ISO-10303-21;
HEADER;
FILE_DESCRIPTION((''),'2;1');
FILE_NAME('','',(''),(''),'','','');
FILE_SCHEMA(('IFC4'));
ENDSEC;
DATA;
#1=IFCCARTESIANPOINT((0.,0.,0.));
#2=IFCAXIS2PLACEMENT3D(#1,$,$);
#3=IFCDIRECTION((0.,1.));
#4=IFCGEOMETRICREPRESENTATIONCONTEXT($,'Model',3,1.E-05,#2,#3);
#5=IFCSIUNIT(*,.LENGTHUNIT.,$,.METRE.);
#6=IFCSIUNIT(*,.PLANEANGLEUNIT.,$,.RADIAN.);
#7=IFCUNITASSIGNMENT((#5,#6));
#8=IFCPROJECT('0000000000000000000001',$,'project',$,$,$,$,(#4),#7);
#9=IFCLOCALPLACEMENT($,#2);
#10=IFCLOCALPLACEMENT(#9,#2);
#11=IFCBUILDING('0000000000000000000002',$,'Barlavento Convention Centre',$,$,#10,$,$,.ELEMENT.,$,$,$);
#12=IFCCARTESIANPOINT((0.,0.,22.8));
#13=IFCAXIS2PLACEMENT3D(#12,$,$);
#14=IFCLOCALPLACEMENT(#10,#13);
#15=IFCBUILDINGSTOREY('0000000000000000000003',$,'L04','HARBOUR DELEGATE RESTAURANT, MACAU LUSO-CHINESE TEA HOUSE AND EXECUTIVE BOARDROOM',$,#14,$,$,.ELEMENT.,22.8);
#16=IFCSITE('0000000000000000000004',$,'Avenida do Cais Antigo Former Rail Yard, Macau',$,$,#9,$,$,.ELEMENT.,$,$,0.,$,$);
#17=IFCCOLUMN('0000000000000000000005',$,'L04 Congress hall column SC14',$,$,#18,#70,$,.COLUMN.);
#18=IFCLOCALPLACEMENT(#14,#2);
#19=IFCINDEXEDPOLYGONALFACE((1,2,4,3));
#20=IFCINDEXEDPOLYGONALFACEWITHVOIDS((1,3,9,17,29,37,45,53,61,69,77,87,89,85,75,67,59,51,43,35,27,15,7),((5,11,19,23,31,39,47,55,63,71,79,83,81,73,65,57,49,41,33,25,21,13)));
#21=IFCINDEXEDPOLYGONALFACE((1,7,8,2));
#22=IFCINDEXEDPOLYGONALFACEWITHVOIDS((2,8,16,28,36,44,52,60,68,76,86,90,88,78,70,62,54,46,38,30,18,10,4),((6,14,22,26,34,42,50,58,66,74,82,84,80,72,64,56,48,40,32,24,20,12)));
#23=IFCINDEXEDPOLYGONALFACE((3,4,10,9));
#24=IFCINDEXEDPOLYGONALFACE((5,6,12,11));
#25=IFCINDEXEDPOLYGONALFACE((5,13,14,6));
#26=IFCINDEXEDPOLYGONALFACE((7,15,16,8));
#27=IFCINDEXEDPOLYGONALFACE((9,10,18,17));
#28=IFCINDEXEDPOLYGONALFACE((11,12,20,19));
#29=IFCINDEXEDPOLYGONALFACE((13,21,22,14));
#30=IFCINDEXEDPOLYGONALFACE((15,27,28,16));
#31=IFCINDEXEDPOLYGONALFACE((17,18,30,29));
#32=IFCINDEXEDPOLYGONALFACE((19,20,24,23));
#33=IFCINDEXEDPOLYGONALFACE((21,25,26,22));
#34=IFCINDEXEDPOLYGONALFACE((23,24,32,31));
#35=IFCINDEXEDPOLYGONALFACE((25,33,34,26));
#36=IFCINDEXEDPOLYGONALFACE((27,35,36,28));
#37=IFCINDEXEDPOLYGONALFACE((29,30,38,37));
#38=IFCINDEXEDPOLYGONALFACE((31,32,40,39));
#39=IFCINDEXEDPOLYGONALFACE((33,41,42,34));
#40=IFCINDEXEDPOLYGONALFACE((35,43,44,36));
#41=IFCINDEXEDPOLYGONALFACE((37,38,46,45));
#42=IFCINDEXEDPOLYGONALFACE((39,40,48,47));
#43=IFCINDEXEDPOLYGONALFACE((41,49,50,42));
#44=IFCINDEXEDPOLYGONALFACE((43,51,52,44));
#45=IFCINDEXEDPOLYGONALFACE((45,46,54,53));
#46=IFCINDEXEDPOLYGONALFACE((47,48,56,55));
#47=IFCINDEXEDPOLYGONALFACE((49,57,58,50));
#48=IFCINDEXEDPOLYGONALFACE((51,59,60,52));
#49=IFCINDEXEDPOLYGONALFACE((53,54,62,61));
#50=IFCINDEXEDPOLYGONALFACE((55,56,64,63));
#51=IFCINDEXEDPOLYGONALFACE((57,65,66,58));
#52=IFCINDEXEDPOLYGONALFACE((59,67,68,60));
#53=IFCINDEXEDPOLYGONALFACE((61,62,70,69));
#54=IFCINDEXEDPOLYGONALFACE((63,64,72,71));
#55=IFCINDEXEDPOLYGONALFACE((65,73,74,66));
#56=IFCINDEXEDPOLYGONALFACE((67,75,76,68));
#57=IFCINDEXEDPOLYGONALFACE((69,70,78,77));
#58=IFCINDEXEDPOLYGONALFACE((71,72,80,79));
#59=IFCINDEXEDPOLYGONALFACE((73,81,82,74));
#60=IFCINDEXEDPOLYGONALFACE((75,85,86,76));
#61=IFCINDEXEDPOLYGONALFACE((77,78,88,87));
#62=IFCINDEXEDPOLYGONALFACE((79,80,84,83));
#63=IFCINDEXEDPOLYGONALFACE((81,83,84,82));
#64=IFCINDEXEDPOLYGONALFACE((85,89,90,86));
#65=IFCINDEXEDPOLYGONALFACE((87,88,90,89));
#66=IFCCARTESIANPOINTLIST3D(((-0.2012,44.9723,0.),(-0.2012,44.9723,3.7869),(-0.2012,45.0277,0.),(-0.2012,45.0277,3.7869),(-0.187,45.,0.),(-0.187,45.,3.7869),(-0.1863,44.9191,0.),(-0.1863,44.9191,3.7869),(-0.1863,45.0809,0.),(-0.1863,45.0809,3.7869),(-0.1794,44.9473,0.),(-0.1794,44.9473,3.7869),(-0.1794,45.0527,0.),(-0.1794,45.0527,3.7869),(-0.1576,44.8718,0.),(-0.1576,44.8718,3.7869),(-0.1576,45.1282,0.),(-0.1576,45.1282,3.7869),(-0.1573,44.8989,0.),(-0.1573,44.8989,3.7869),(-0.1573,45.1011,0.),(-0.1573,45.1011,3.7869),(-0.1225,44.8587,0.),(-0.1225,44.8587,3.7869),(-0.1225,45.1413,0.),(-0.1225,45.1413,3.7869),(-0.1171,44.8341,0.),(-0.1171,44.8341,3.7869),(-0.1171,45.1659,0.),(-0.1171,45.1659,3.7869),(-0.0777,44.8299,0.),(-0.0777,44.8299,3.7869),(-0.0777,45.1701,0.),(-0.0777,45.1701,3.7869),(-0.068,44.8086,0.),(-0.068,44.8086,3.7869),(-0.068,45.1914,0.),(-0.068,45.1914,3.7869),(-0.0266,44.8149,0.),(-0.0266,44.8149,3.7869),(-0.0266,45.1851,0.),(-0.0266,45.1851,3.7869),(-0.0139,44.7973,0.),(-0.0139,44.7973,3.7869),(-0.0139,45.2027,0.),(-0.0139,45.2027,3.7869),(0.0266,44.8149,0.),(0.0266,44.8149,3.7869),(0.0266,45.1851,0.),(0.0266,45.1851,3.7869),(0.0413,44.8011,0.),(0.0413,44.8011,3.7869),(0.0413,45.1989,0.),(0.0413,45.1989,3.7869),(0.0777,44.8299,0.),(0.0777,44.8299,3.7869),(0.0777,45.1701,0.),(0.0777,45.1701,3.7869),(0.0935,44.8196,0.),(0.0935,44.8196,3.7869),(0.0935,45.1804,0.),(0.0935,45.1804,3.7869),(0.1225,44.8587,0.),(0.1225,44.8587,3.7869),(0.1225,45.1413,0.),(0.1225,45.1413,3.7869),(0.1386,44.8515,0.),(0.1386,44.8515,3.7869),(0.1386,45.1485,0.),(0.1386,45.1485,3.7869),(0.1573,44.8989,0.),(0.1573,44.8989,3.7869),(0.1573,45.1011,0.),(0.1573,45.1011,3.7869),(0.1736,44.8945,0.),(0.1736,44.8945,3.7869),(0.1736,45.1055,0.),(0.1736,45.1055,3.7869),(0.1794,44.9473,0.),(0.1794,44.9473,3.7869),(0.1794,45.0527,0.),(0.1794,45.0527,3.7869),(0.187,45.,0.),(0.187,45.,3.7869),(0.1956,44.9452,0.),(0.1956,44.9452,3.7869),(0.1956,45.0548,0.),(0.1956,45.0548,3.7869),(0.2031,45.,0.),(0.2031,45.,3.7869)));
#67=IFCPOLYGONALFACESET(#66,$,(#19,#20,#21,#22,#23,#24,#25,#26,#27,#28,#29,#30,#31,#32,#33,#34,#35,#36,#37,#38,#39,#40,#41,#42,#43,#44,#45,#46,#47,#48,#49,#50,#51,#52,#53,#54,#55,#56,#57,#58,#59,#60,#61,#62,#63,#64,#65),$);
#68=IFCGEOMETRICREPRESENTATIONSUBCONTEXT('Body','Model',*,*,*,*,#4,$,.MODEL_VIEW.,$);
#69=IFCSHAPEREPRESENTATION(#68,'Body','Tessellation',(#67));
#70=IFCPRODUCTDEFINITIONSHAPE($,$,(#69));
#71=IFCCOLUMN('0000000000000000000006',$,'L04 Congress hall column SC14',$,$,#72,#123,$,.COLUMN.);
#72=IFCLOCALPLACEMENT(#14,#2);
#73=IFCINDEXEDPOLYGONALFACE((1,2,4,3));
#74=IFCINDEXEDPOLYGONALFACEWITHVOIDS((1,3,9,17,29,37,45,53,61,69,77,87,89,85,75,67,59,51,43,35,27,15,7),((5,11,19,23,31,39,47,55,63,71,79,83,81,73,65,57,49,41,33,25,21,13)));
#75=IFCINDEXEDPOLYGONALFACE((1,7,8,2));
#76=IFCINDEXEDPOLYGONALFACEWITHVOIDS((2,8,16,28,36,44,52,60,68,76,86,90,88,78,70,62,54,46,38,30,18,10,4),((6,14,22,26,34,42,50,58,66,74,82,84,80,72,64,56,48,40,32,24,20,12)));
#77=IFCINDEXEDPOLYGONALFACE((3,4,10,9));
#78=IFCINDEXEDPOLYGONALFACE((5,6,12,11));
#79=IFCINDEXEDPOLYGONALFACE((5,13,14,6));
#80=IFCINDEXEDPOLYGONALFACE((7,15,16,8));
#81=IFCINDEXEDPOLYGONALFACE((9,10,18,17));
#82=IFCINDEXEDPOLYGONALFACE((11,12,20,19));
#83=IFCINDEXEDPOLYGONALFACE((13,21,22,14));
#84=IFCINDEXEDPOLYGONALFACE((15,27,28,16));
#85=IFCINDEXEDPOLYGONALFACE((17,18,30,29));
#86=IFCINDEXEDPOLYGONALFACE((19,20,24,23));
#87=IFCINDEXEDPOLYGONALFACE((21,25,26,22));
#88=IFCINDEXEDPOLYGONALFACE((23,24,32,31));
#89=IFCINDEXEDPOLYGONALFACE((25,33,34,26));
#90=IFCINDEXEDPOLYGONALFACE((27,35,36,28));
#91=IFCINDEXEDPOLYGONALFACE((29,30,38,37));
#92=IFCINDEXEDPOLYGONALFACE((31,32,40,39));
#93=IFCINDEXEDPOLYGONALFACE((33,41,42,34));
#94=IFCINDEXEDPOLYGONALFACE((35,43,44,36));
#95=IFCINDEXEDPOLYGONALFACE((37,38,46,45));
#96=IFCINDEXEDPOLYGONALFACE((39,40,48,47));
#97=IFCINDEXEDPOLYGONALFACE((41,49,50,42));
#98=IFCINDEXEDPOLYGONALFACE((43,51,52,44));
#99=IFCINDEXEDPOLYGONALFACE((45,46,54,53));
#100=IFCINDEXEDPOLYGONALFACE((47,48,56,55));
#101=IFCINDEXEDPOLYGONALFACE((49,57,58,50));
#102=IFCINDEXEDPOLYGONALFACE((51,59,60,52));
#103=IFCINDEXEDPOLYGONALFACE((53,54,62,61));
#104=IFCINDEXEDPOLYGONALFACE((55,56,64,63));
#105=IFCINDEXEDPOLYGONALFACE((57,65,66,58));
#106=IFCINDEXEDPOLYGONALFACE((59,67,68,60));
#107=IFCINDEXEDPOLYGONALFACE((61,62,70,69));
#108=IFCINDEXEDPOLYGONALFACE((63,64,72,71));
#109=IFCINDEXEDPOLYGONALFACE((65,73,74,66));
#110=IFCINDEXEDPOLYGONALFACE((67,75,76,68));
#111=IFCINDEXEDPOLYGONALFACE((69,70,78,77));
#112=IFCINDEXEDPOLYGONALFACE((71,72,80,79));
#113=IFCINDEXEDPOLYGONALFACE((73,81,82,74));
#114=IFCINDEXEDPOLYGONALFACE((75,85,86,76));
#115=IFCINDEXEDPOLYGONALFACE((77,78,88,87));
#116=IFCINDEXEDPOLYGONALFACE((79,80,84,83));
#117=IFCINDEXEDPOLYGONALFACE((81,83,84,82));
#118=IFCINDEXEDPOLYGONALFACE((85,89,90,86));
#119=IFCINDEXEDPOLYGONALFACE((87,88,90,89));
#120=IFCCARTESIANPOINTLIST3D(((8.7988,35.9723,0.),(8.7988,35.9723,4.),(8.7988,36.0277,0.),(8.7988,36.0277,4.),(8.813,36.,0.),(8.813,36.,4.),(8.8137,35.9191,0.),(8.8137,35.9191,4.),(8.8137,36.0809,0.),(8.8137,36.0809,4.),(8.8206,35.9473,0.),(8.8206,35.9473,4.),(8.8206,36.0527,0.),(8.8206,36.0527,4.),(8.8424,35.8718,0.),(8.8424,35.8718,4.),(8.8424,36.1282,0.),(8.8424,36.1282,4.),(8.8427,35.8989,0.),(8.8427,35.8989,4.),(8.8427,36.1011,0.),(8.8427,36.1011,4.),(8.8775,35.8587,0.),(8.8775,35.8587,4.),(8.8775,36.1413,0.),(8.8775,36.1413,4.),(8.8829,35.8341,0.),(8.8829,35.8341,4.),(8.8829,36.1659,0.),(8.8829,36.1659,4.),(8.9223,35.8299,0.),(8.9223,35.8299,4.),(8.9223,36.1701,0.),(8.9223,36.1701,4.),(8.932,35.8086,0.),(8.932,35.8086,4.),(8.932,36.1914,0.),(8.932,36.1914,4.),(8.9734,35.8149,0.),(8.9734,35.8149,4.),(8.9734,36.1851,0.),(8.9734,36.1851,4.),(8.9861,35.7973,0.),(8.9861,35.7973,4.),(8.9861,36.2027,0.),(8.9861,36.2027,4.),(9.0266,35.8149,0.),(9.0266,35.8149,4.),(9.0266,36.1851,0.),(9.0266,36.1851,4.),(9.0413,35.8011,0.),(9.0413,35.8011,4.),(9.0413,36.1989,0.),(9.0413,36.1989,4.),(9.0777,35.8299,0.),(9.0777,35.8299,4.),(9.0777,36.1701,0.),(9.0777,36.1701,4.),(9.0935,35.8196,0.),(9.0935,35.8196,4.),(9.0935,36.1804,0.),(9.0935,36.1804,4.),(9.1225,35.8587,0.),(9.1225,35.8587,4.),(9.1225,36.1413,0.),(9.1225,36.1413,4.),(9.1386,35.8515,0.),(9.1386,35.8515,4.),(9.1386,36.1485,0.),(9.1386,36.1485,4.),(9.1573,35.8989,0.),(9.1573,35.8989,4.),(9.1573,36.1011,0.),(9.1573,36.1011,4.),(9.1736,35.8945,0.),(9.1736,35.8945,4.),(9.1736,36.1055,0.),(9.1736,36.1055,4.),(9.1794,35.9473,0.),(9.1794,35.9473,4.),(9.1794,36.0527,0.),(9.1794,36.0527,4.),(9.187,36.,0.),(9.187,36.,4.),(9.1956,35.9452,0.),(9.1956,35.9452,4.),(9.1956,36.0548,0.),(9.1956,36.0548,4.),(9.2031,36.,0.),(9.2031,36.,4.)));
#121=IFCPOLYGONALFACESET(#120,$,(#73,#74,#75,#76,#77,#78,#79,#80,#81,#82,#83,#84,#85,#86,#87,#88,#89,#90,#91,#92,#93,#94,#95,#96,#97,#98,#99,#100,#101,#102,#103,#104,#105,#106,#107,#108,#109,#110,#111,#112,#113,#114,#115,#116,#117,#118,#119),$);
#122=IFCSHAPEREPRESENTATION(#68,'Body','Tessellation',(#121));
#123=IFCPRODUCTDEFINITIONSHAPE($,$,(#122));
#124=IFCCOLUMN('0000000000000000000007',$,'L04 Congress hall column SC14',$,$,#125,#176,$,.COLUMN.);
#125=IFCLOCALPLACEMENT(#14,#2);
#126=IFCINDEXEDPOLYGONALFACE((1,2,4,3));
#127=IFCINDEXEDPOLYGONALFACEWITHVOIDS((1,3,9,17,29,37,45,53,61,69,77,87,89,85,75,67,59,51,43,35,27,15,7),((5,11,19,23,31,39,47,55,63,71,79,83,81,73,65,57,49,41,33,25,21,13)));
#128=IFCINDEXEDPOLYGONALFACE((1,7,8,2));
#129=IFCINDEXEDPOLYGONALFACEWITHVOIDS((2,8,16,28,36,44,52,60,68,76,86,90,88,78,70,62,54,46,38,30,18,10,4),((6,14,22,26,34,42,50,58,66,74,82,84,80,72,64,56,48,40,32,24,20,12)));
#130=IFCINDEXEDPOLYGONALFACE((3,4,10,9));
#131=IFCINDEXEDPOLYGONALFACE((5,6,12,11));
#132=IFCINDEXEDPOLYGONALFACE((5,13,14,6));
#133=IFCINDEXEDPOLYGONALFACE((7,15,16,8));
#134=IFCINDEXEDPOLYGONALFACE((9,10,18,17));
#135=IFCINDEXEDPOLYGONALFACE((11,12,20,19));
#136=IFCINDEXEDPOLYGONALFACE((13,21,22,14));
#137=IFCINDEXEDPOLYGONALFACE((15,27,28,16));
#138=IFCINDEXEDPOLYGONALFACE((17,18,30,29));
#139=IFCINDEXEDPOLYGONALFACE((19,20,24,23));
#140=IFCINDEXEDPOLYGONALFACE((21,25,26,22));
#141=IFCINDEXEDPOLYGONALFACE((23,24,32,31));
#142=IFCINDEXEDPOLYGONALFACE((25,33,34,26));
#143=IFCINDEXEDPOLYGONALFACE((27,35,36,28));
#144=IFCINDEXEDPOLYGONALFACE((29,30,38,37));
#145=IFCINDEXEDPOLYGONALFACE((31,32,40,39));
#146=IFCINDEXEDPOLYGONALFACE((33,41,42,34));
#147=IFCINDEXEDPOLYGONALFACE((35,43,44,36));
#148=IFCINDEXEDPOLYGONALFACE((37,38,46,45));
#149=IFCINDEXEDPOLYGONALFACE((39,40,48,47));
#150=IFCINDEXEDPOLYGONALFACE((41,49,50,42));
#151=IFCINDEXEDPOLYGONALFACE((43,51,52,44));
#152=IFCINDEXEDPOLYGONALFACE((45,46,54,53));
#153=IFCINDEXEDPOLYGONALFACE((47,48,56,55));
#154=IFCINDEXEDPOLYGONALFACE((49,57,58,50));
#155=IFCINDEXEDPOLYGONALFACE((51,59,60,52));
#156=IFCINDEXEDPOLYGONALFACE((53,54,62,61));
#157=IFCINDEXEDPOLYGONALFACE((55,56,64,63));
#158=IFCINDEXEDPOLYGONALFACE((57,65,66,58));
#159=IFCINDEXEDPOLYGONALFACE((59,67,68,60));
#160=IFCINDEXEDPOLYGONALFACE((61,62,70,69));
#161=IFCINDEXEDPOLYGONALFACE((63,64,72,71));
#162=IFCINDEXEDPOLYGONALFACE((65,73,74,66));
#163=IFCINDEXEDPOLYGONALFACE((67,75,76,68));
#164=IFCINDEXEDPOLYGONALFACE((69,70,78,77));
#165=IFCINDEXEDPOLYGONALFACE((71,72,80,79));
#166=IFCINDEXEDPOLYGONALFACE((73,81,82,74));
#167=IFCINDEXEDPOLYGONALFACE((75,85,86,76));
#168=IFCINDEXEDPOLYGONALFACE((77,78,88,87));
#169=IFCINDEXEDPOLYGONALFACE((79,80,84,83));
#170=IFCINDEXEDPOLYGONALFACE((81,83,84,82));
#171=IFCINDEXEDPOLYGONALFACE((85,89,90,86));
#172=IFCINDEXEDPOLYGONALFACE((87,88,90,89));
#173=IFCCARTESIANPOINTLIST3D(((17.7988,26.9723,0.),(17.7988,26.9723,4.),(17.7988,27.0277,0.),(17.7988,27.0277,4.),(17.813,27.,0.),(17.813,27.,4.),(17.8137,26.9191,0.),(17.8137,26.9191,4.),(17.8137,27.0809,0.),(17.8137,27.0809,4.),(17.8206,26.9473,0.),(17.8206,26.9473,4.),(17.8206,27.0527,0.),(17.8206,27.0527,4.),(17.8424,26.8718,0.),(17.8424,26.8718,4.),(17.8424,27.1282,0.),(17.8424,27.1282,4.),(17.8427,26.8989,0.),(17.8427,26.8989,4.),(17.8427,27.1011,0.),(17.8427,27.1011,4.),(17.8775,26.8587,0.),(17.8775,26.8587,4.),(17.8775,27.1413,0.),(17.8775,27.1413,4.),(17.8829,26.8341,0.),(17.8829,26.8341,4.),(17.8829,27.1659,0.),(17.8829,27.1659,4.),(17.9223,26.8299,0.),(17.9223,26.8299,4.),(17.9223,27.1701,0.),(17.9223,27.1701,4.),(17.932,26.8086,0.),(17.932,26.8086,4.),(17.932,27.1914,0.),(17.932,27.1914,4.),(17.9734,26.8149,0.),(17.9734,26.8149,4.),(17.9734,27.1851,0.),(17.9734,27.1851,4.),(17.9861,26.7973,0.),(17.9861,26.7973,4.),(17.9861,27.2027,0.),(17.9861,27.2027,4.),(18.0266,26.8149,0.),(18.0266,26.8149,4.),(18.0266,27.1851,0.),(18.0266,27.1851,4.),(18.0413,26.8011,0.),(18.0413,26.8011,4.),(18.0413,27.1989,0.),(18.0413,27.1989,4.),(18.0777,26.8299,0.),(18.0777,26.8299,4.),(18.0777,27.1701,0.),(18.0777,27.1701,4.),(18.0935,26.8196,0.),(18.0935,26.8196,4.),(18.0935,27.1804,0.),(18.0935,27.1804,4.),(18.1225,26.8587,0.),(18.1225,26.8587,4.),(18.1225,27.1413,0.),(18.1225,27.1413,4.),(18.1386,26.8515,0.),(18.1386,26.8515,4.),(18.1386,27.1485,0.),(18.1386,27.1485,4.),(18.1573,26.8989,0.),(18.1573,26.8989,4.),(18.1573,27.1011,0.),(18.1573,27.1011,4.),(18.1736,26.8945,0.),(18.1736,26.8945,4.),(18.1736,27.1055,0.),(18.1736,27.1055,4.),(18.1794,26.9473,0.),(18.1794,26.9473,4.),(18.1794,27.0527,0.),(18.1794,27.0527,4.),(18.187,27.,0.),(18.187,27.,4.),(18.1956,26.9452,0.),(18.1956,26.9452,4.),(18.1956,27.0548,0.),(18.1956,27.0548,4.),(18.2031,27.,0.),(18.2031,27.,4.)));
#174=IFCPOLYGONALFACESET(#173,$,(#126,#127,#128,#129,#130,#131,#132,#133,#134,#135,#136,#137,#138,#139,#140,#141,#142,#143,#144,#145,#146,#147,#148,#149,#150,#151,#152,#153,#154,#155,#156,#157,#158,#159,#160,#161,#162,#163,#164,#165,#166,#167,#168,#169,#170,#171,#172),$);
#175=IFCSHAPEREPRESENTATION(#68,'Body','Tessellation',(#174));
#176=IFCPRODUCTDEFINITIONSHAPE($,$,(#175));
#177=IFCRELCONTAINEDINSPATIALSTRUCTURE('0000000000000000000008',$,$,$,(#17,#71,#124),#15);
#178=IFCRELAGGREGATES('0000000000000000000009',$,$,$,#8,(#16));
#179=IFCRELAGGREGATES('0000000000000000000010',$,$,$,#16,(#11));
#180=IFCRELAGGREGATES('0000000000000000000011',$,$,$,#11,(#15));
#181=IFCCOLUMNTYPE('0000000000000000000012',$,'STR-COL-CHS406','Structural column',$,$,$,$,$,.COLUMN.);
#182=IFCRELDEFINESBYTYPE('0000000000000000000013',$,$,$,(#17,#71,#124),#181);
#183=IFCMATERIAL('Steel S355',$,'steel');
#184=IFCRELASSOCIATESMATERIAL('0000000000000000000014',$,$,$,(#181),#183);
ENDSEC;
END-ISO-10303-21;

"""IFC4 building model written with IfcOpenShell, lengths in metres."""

from ifc_helpers import new_model, si_unit, direction, frame, origin, origin_2d, place, context, subcontext, project, spatial, hollow_circle, extrude, material, material_profile, profile_set, type_object, element, save


model = new_model("IFC4")

# Units and contexts
model_context = context("Model", 3, precision=1e-05, world=origin(), true_north=direction((0.0, 1.0)))
body_context = subcontext(model_context, "Body", "Model", "MODEL_VIEW")
ifc_project = project(units=[si_unit("LENGTHUNIT", "METRE"), si_unit("PLANEANGLEUNIT", "RADIAN")], contexts=[model_context])

# Site, building, storey
site_placement = place(None, origin())
site = spatial("IfcSite", under=ifc_project, at=site_placement, Name="Avenida do Cais Antigo Former Rail Yard, Macau", CompositionType="ELEMENT", RefElevation=0.0)
building_placement = place(site_placement, origin())
building = spatial("IfcBuilding", under=site, at=building_placement, Name="Barlavento Convention Centre", CompositionType="ELEMENT")
storey_placement = place(building_placement, frame((0.0, 0.0, 22.8)))
storey = spatial("IfcBuildingStorey", under=building, at=storey_placement, Name="L04", Description="HARBOUR DELEGATE RESTAURANT, MACAU LUSO-CHINESE TEA HOUSE AND EXECUTIVE BOARDROOM", CompositionType="ELEMENT", Elevation=22.8)

# Columns
ifc_material_1 = material(Name="Steel S355", Category="steel")
ifc_material_profile_1 = material_profile(ifc_material_1, hollow_circle(Radius=0.2031, WallThickness=0.0161, at=origin_2d()), Name="CHS 406.4x16.0")
ifc_profile_set_1 = profile_set([ifc_material_profile_1], Name="Steel S355")
column_type_1 = type_object("IfcColumnType", Name="STR-COL-CHS406", Description="Structural column", PredefinedType="COLUMN", material=ifc_profile_set_1)
column_1_placement = place(storey_placement, frame((0.0, 45.0, 0.0), z_axis=(0.0, 0.0, 1.0), x_axis=(1.0, 0.0, 0.0)))
element("IfcColumn", 1, at=column_1_placement, inside=storey, type_object=column_type_1, Name="L04 Congress hall column SC14", PredefinedType="COLUMN", context=body_context, shape_type="SweptSolid", body=[
    extrude(hollow_circle(Radius=0.2031, WallThickness=0.0161, at=origin_2d()), origin(), (0.0, 0.0, 1.0), 3.7869),
])
for number, where, z_axis, x_axis, name in (
    (2, (9.0, 36.0, 0.0), (0.0, 0.0, 1.0), (1.0, 0.0, 0.0), "L04 Congress hall column SC14"),
    (3, (18.0, 27.0, 0.0), (0.0, 0.0, 1.0), (1.0, 0.0, 0.0), "L04 Congress hall column SC14"),
):
    element("IfcColumn", number, at=place(storey_placement, frame(where, z_axis=z_axis, x_axis=x_axis)), inside=storey, type_object=column_type_1, Name=name, PredefinedType="COLUMN", context=body_context, shape_type="SweptSolid", body=[
        extrude(hollow_circle(Radius=0.2031, WallThickness=0.0161, at=origin_2d()), origin(), (0.0, 0.0, 1.0), 4.0),
    ])

save(model, "model.ifc")
